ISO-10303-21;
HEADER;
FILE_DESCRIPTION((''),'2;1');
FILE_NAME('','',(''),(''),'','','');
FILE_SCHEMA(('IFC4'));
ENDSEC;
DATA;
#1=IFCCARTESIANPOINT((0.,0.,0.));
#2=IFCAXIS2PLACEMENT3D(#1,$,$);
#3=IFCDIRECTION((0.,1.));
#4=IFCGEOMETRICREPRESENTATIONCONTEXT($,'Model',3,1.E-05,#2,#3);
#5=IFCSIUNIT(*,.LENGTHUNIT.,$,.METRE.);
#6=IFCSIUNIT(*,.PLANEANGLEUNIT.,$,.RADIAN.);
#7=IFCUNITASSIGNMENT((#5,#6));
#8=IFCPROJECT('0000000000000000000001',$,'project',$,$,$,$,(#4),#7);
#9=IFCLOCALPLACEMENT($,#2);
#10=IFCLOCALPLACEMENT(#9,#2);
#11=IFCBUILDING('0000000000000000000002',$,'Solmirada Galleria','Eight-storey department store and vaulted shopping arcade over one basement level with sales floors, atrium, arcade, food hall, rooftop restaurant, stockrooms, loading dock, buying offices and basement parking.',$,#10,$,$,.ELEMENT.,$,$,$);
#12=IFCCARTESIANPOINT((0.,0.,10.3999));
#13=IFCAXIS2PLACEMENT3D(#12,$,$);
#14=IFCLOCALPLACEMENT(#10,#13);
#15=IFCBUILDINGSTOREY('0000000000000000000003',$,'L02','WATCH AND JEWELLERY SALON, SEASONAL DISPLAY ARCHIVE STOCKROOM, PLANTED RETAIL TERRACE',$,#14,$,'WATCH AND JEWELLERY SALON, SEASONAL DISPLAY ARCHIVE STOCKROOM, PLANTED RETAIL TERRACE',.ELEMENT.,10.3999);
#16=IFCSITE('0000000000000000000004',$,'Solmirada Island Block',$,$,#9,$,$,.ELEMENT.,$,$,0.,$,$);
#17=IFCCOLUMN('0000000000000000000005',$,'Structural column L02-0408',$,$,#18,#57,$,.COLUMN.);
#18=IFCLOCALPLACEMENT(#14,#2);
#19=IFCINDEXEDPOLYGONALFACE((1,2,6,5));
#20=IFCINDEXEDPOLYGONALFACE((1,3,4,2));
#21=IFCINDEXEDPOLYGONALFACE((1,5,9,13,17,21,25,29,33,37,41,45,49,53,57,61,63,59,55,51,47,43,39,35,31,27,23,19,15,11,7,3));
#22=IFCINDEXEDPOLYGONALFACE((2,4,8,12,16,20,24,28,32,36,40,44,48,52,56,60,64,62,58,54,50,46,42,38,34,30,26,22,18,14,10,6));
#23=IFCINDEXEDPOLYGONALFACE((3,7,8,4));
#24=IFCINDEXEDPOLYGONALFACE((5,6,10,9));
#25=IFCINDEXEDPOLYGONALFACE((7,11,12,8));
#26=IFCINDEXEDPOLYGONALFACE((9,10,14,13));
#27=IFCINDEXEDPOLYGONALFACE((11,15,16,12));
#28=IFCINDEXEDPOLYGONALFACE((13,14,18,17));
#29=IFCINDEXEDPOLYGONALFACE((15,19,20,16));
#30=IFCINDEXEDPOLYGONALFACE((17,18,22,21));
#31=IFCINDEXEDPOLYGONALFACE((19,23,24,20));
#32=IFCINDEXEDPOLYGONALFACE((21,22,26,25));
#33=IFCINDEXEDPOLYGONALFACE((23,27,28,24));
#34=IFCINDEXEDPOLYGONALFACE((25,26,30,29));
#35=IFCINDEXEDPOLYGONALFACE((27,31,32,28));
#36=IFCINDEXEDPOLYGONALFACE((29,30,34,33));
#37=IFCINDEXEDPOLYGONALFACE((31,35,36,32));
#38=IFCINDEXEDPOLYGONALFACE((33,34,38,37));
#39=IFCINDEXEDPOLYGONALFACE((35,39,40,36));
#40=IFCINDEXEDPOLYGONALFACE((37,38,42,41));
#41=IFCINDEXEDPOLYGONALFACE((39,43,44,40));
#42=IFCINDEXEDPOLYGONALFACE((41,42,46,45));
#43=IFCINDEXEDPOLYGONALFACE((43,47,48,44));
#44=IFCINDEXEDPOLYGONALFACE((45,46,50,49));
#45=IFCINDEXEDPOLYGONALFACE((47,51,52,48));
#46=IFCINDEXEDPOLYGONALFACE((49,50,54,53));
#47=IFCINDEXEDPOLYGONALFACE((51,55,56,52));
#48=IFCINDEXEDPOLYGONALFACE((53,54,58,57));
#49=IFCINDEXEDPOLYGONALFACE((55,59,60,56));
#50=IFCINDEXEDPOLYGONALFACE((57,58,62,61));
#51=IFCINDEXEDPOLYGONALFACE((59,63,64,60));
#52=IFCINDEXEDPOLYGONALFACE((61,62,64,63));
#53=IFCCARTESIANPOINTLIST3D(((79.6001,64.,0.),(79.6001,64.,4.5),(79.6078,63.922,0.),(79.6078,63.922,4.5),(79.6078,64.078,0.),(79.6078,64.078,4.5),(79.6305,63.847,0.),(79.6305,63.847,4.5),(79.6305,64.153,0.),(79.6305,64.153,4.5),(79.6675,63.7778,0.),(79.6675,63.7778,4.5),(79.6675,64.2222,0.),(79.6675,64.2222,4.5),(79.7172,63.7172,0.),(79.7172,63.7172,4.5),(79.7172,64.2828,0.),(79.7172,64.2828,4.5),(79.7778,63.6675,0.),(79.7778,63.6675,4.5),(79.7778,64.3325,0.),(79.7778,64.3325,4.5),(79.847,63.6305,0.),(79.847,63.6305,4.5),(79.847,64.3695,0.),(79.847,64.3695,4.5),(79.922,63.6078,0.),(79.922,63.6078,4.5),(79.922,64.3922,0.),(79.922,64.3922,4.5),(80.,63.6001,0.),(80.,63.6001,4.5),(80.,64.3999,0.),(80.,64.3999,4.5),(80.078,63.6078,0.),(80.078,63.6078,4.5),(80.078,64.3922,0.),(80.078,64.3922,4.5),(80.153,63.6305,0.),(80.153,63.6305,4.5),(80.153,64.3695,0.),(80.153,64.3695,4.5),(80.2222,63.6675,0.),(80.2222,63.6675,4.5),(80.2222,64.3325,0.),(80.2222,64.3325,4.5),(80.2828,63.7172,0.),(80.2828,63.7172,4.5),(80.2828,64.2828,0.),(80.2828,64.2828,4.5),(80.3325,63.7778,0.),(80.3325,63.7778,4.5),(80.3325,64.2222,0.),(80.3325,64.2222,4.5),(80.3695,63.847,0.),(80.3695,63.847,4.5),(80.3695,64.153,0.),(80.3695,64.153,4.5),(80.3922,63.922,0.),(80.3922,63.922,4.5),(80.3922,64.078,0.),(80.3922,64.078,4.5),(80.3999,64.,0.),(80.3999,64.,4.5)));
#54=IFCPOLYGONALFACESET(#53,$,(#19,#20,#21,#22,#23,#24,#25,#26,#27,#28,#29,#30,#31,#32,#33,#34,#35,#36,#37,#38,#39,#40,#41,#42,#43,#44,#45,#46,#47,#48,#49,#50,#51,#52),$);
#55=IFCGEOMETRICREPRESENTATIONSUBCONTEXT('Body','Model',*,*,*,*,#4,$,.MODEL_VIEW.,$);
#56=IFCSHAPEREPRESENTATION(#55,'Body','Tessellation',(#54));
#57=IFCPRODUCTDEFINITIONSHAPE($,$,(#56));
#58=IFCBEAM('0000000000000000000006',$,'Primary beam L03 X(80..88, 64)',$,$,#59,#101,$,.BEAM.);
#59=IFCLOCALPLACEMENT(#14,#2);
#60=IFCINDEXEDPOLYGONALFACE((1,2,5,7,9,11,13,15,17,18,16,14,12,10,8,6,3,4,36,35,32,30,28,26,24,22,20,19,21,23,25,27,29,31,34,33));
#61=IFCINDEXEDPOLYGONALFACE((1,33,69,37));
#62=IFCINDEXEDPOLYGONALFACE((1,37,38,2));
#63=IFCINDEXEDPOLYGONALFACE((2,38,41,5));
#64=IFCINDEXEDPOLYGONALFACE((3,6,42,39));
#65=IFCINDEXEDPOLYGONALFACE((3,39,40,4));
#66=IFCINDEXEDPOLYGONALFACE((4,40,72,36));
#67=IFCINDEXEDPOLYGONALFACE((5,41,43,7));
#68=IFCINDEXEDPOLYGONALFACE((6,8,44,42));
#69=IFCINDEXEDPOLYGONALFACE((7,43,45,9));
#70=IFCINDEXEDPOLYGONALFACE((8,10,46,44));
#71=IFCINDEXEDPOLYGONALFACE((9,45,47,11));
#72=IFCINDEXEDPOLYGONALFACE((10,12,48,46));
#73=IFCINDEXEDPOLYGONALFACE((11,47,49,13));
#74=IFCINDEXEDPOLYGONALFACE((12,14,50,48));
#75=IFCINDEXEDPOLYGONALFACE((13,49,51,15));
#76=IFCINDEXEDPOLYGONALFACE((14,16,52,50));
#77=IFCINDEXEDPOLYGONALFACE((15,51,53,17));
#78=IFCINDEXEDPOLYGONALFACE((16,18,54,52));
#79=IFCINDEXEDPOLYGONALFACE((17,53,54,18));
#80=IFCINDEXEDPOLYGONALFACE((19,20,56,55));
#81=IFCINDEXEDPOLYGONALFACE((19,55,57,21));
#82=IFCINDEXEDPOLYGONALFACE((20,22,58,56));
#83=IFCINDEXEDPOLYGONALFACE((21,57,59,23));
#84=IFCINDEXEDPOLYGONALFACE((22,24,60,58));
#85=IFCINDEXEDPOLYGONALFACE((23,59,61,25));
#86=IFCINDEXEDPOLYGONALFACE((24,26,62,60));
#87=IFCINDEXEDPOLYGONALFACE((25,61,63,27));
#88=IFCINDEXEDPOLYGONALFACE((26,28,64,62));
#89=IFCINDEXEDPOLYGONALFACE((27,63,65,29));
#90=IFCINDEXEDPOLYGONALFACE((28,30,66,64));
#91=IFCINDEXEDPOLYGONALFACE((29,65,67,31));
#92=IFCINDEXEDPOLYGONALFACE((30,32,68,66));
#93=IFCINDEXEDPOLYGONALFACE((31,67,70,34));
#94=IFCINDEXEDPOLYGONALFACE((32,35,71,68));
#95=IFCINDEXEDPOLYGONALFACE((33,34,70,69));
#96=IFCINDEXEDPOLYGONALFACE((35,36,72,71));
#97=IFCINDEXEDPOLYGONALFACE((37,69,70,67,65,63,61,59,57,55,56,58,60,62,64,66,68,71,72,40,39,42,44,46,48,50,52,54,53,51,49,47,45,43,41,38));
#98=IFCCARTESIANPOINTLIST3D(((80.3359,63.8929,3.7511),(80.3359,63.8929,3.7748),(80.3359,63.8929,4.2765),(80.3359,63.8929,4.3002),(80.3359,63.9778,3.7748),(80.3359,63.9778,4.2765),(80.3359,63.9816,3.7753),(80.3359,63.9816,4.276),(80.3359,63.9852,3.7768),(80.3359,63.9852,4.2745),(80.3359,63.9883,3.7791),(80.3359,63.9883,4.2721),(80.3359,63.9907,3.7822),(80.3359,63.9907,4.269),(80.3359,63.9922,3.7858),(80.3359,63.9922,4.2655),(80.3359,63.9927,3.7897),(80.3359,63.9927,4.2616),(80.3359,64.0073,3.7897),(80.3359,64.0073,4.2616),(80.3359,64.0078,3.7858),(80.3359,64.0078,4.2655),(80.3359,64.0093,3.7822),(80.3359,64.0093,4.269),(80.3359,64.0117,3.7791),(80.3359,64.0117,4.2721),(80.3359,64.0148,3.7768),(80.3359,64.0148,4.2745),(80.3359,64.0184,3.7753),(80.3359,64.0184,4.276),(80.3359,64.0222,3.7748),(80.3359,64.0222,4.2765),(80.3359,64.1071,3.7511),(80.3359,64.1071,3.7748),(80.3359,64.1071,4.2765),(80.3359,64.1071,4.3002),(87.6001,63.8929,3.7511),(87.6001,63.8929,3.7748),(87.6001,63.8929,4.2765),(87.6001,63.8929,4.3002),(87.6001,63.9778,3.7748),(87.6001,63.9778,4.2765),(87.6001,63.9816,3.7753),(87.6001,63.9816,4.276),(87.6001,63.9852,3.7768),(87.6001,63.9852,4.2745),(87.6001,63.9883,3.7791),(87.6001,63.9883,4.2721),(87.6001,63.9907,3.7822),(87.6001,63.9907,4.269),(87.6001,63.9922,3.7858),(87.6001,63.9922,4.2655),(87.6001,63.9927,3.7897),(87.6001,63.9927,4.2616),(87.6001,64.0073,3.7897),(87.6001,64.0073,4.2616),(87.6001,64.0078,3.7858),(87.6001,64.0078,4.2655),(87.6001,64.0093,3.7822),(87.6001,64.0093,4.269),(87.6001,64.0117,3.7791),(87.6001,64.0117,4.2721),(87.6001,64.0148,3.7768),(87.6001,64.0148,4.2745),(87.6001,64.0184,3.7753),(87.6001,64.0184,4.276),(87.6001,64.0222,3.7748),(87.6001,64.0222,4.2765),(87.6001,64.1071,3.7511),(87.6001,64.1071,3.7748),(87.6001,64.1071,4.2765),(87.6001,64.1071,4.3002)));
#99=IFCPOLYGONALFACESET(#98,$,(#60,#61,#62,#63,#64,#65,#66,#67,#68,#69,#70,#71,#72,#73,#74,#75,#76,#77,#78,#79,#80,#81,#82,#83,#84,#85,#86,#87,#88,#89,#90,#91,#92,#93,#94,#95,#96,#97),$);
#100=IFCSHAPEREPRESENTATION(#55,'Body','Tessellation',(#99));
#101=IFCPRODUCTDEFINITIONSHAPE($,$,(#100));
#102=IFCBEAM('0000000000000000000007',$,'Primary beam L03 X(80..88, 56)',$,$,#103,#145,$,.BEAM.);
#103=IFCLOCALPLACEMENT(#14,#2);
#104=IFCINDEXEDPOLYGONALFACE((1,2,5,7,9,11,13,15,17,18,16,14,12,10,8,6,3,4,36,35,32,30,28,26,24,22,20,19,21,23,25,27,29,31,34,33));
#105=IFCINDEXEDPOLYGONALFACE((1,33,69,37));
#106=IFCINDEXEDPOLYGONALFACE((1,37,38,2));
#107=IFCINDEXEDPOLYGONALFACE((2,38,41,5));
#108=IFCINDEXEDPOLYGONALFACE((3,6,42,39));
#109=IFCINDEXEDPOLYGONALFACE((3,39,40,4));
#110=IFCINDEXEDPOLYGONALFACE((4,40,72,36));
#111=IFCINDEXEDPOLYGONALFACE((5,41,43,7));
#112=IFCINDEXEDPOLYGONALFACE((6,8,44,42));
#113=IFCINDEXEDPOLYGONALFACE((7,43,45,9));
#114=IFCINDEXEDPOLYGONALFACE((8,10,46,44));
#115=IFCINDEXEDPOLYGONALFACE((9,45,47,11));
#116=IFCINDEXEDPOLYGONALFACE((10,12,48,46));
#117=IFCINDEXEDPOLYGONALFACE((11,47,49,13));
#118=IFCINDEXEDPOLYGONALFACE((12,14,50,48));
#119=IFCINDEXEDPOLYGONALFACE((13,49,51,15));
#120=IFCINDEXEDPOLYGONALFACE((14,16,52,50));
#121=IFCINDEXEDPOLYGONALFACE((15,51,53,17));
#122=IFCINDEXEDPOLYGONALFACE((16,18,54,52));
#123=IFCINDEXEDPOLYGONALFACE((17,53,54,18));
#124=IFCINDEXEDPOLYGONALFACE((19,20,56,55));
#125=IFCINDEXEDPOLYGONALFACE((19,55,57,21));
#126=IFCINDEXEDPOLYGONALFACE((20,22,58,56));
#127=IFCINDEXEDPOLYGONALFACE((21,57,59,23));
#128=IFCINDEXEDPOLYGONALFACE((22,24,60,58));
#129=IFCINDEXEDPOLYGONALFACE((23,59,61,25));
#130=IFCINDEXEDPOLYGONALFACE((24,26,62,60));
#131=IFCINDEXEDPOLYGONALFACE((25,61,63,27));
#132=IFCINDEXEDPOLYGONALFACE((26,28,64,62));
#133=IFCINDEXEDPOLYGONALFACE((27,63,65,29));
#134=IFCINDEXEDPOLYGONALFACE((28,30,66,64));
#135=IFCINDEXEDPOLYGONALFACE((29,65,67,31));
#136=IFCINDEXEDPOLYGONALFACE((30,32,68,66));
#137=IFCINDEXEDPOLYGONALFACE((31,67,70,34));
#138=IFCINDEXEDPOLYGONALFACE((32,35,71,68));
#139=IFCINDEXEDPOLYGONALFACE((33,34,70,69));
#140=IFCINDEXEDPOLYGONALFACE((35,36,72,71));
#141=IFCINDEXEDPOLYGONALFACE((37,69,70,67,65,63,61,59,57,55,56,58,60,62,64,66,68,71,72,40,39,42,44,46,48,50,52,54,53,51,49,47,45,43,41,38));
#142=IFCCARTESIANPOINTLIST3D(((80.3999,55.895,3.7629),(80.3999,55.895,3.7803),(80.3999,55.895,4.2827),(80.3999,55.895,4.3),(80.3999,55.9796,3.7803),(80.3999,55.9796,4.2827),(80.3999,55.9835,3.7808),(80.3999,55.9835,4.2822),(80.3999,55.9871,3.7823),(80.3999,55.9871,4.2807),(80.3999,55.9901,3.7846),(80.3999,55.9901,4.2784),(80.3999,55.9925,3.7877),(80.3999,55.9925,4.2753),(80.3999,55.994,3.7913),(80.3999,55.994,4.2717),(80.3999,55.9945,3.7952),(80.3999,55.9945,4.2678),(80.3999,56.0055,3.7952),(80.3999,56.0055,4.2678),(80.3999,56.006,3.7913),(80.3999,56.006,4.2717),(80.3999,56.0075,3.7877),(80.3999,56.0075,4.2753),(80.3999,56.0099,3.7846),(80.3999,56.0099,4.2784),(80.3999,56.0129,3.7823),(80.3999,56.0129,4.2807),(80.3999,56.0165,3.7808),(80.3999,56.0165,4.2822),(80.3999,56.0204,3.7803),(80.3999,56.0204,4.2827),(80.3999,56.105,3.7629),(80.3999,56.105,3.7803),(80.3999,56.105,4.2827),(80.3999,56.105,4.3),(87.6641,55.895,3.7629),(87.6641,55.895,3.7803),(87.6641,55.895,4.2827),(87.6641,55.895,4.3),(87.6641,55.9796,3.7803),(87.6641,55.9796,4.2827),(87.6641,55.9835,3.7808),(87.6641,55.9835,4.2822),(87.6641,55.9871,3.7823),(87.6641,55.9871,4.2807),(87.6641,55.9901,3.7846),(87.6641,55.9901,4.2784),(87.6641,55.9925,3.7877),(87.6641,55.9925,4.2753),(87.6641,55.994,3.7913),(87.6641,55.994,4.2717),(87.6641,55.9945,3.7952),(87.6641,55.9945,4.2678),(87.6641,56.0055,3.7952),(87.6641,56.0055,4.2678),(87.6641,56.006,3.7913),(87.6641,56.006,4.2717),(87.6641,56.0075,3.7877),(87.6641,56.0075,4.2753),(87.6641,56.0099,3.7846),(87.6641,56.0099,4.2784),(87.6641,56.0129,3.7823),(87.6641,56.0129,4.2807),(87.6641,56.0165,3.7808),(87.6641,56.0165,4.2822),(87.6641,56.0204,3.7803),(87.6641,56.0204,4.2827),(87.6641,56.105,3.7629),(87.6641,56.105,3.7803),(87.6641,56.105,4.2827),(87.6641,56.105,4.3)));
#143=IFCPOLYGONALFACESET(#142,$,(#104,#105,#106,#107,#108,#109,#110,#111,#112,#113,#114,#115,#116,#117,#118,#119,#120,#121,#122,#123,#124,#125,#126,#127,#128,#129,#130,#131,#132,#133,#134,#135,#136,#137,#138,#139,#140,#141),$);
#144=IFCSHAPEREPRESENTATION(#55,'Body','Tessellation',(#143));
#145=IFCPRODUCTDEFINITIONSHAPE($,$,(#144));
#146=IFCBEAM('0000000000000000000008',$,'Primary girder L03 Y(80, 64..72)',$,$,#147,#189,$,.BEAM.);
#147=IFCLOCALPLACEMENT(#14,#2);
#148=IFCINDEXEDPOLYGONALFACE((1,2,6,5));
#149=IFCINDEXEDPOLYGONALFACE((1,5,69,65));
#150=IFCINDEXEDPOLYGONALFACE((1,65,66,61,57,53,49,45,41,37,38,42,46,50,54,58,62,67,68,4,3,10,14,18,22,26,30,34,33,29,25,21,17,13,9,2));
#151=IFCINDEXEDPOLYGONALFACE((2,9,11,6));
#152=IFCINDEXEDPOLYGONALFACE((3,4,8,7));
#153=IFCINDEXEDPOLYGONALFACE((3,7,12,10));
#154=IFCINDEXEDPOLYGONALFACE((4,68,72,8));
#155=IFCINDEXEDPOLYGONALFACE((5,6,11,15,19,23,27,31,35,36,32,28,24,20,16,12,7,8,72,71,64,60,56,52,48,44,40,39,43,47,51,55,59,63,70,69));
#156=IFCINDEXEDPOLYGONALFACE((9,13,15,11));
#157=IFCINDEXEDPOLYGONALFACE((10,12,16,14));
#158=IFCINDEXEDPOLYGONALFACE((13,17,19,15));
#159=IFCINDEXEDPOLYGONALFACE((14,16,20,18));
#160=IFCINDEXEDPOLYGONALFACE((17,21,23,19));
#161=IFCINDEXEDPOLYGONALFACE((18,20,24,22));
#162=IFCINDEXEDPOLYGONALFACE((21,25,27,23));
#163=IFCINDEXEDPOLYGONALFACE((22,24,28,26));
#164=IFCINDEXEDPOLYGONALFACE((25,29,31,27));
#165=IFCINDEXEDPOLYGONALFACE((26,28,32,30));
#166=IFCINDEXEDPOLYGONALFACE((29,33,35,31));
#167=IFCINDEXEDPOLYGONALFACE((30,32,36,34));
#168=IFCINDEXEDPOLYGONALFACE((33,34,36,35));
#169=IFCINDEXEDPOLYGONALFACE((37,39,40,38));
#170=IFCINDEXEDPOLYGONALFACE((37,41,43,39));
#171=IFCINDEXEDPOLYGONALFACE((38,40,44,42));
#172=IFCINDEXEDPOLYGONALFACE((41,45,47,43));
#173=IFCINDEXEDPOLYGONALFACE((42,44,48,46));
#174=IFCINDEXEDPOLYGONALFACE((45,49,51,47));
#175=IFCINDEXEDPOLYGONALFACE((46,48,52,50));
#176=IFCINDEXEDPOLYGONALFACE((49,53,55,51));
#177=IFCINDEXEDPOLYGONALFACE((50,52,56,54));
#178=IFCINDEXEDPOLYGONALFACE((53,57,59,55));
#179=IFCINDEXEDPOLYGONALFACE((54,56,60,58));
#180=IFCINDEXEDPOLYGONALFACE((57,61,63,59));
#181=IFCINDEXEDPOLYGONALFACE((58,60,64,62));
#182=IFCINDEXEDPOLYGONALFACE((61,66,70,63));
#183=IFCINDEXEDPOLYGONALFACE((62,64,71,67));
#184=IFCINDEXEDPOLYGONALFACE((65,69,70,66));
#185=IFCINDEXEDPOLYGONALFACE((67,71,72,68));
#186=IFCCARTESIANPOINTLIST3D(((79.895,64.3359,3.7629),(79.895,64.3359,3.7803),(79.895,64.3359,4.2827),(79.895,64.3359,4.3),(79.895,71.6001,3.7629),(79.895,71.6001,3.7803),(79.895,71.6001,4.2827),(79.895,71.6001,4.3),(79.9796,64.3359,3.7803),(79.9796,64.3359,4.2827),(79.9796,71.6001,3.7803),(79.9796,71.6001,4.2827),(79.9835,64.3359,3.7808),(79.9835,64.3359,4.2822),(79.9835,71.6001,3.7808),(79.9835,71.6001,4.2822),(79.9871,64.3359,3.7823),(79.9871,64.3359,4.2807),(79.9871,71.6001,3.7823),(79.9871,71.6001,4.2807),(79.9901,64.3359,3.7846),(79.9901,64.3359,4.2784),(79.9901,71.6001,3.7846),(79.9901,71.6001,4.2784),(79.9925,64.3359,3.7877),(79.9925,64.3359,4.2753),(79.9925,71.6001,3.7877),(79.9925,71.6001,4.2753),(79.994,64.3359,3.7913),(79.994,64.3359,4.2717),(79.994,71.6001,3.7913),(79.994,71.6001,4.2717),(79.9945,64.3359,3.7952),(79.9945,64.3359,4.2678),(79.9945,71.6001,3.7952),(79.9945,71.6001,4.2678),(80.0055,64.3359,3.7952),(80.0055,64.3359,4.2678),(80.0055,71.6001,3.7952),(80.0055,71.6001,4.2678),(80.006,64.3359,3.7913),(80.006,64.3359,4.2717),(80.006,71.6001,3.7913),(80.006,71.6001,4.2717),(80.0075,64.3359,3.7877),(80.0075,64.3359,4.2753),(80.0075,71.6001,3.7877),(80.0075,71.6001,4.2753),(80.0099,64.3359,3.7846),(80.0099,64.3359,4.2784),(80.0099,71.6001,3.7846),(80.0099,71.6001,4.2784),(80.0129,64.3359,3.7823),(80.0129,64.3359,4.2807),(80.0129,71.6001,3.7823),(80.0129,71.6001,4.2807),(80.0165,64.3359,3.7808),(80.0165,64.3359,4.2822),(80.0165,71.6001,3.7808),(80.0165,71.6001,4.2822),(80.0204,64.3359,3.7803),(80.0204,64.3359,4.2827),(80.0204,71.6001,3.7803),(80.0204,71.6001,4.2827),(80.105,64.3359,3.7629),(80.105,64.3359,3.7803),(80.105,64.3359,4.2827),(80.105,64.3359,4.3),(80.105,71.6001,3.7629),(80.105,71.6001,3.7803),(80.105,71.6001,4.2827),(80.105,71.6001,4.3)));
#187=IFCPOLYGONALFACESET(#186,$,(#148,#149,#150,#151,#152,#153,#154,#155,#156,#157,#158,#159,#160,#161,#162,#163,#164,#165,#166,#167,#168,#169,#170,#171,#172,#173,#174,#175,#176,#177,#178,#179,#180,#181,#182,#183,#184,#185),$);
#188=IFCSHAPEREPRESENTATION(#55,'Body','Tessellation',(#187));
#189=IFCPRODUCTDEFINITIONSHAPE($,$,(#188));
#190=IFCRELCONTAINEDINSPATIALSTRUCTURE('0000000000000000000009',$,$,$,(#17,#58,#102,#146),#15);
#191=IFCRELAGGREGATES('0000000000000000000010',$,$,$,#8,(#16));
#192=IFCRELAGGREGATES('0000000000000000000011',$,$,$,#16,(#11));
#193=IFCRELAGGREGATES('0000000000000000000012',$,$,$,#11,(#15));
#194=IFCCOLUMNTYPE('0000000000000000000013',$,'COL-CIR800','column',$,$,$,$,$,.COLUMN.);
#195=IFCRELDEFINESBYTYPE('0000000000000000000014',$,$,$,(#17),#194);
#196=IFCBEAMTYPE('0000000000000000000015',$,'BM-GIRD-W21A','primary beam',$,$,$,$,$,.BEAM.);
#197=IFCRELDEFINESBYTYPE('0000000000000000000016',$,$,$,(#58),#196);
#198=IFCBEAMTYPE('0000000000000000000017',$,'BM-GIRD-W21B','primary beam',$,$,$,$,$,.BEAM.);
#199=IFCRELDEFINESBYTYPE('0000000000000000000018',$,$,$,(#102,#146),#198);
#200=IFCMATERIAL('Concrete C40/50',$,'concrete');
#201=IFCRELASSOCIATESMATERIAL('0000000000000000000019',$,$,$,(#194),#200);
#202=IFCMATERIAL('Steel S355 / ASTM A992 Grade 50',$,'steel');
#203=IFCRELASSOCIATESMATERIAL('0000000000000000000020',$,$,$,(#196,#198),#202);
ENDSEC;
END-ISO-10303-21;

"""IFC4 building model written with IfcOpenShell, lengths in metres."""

from ifc_helpers import new_model, si_unit, direction, frame, origin, origin_2d, place, context, subcontext, project, spatial, circle, i_section, extrude, material, material_profile, profile_set, type_object, element, save


model = new_model("IFC4")

# Units and contexts
model_context = context("Model", 3, precision=1e-05, world=origin(), true_north=direction((0.0, 1.0)))
body_context = subcontext(model_context, "Body", "Model", "MODEL_VIEW")
ifc_project = project(units=[si_unit("LENGTHUNIT", "METRE"), si_unit("PLANEANGLEUNIT", "RADIAN")], contexts=[model_context])

# Site, building, storey
site_placement = place(None, origin())
site = spatial("IfcSite", under=ifc_project, at=site_placement, Name="Solmirada Island Block", CompositionType="ELEMENT", RefElevation=0.0)
building_placement = place(site_placement, origin())
building = spatial("IfcBuilding", under=site, at=building_placement, Name="Solmirada Galleria", Description="Eight-storey department store and vaulted shopping arcade over one basement level with sales floors, atrium, arcade, food hall, rooftop restaurant, stockrooms, loading dock, buying offices and basement parking.", CompositionType="ELEMENT")
storey_placement = place(building_placement, frame((0.0, 0.0, 10.3999)))
storey = spatial("IfcBuildingStorey", under=building, at=storey_placement, Name="L02", Description="WATCH AND JEWELLERY SALON, SEASONAL DISPLAY ARCHIVE STOCKROOM, PLANTED RETAIL TERRACE", LongName="WATCH AND JEWELLERY SALON, SEASONAL DISPLAY ARCHIVE STOCKROOM, PLANTED RETAIL TERRACE", CompositionType="ELEMENT", Elevation=10.3999)

# Column
ifc_material_1 = material(Name="Concrete C40/50", Category="concrete")
ifc_material_profile_1 = material_profile(ifc_material_1, circle(Radius=0.3999, at=origin_2d()), Name="RCCOL800")
ifc_profile_set_1 = profile_set([ifc_material_profile_1], Name="Concrete C40/50")
column_type = type_object("IfcColumnType", Name="COL-CIR800", Description="column", PredefinedType="COLUMN", material=ifc_profile_set_1)
column_placement = place(storey_placement, frame((80.0, 64.0, 0.0), z_axis=(0.0, 0.0, 1.0), x_axis=(1.0, 0.0, 0.0)))
element("IfcColumn", 1, at=column_placement, inside=storey, type_object=column_type, Name="Structural column L02-0408", PredefinedType="COLUMN", context=body_context, shape_type="SweptSolid", body=[
    extrude(circle(Radius=0.3999, at=origin_2d()), origin(), (0.0, 0.0, 1.0), 4.5),
])

# Beams
ifc_material_2 = material(Name="Steel S355 / ASTM A992 Grade 50", Category="steel")
ifc_material_profile_2 = material_profile(ifc_material_2, i_section(OverallWidth=0.2141, OverallDepth=0.5491, WebThickness=0.0146, FlangeThickness=0.0237, FilletRadius=0.0149, at=origin_2d()), Name="W21X93")
ifc_profile_set_2 = profile_set([ifc_material_profile_2], Name="Steel S355 / ASTM A992 Grade 50")
beam_type_1 = type_object("IfcBeamType", Name="BM-GIRD-W21A", Description="primary beam", PredefinedType="BEAM", material=ifc_profile_set_2)
beam_placement = place(storey_placement, frame((80.3359, 64.0, 4.0256), z_axis=(1.0, 0.0, 0.0), x_axis=(0.0, 1.0, 0.0)))
element("IfcBeam", 2, at=beam_placement, inside=storey, type_object=beam_type_1, Name="Primary beam L03 X(80..88, 64)", PredefinedType="BEAM", context=body_context, shape_type="SweptSolid", body=[
    extrude(i_section(OverallWidth=0.2141, OverallDepth=0.5491, WebThickness=0.0146, FlangeThickness=0.0237, FilletRadius=0.0149, at=origin_2d()), origin(), (0.0, 0.0, 1.0), 7.2642),
])
ifc_material_profile_3 = material_profile(ifc_material_2, i_section(OverallWidth=0.21, OverallDepth=0.5371, WebThickness=0.011, FlangeThickness=0.0173, FilletRadius=0.0149, at=origin_2d()), Name="W21X68")
ifc_profile_set_3 = profile_set([ifc_material_profile_3], Name="Steel S355 / ASTM A992 Grade 50")
beam_type_2 = type_object("IfcBeamType", Name="BM-GIRD-W21B", Description="primary beam", PredefinedType="BEAM", material=ifc_profile_set_3)
for number, where, z_axis, x_axis, name in (
    (3, (80.3999, 56.0, 4.0315), (1.0, 0.0, 0.0), (0.0, 1.0, 0.0), "Primary beam L03 X(80..88, 56)"),
    (4, (80.0, 64.3359, 4.0315), (0.0, 1.0, 0.0), (-1.0, 0.0, 0.0), "Primary girder L03 Y(80, 64..72)"),
):
    element("IfcBeam", number, at=place(storey_placement, frame(where, z_axis=z_axis, x_axis=x_axis)), inside=storey, type_object=beam_type_2, Name=name, PredefinedType="BEAM", context=body_context, shape_type="SweptSolid", body=[
        extrude(i_section(OverallWidth=0.21, OverallDepth=0.5371, WebThickness=0.011, FlangeThickness=0.0173, FilletRadius=0.0149, at=origin_2d()), origin(), (0.0, 0.0, 1.0), 7.2642),
    ])

save(model, "model.ifc")
